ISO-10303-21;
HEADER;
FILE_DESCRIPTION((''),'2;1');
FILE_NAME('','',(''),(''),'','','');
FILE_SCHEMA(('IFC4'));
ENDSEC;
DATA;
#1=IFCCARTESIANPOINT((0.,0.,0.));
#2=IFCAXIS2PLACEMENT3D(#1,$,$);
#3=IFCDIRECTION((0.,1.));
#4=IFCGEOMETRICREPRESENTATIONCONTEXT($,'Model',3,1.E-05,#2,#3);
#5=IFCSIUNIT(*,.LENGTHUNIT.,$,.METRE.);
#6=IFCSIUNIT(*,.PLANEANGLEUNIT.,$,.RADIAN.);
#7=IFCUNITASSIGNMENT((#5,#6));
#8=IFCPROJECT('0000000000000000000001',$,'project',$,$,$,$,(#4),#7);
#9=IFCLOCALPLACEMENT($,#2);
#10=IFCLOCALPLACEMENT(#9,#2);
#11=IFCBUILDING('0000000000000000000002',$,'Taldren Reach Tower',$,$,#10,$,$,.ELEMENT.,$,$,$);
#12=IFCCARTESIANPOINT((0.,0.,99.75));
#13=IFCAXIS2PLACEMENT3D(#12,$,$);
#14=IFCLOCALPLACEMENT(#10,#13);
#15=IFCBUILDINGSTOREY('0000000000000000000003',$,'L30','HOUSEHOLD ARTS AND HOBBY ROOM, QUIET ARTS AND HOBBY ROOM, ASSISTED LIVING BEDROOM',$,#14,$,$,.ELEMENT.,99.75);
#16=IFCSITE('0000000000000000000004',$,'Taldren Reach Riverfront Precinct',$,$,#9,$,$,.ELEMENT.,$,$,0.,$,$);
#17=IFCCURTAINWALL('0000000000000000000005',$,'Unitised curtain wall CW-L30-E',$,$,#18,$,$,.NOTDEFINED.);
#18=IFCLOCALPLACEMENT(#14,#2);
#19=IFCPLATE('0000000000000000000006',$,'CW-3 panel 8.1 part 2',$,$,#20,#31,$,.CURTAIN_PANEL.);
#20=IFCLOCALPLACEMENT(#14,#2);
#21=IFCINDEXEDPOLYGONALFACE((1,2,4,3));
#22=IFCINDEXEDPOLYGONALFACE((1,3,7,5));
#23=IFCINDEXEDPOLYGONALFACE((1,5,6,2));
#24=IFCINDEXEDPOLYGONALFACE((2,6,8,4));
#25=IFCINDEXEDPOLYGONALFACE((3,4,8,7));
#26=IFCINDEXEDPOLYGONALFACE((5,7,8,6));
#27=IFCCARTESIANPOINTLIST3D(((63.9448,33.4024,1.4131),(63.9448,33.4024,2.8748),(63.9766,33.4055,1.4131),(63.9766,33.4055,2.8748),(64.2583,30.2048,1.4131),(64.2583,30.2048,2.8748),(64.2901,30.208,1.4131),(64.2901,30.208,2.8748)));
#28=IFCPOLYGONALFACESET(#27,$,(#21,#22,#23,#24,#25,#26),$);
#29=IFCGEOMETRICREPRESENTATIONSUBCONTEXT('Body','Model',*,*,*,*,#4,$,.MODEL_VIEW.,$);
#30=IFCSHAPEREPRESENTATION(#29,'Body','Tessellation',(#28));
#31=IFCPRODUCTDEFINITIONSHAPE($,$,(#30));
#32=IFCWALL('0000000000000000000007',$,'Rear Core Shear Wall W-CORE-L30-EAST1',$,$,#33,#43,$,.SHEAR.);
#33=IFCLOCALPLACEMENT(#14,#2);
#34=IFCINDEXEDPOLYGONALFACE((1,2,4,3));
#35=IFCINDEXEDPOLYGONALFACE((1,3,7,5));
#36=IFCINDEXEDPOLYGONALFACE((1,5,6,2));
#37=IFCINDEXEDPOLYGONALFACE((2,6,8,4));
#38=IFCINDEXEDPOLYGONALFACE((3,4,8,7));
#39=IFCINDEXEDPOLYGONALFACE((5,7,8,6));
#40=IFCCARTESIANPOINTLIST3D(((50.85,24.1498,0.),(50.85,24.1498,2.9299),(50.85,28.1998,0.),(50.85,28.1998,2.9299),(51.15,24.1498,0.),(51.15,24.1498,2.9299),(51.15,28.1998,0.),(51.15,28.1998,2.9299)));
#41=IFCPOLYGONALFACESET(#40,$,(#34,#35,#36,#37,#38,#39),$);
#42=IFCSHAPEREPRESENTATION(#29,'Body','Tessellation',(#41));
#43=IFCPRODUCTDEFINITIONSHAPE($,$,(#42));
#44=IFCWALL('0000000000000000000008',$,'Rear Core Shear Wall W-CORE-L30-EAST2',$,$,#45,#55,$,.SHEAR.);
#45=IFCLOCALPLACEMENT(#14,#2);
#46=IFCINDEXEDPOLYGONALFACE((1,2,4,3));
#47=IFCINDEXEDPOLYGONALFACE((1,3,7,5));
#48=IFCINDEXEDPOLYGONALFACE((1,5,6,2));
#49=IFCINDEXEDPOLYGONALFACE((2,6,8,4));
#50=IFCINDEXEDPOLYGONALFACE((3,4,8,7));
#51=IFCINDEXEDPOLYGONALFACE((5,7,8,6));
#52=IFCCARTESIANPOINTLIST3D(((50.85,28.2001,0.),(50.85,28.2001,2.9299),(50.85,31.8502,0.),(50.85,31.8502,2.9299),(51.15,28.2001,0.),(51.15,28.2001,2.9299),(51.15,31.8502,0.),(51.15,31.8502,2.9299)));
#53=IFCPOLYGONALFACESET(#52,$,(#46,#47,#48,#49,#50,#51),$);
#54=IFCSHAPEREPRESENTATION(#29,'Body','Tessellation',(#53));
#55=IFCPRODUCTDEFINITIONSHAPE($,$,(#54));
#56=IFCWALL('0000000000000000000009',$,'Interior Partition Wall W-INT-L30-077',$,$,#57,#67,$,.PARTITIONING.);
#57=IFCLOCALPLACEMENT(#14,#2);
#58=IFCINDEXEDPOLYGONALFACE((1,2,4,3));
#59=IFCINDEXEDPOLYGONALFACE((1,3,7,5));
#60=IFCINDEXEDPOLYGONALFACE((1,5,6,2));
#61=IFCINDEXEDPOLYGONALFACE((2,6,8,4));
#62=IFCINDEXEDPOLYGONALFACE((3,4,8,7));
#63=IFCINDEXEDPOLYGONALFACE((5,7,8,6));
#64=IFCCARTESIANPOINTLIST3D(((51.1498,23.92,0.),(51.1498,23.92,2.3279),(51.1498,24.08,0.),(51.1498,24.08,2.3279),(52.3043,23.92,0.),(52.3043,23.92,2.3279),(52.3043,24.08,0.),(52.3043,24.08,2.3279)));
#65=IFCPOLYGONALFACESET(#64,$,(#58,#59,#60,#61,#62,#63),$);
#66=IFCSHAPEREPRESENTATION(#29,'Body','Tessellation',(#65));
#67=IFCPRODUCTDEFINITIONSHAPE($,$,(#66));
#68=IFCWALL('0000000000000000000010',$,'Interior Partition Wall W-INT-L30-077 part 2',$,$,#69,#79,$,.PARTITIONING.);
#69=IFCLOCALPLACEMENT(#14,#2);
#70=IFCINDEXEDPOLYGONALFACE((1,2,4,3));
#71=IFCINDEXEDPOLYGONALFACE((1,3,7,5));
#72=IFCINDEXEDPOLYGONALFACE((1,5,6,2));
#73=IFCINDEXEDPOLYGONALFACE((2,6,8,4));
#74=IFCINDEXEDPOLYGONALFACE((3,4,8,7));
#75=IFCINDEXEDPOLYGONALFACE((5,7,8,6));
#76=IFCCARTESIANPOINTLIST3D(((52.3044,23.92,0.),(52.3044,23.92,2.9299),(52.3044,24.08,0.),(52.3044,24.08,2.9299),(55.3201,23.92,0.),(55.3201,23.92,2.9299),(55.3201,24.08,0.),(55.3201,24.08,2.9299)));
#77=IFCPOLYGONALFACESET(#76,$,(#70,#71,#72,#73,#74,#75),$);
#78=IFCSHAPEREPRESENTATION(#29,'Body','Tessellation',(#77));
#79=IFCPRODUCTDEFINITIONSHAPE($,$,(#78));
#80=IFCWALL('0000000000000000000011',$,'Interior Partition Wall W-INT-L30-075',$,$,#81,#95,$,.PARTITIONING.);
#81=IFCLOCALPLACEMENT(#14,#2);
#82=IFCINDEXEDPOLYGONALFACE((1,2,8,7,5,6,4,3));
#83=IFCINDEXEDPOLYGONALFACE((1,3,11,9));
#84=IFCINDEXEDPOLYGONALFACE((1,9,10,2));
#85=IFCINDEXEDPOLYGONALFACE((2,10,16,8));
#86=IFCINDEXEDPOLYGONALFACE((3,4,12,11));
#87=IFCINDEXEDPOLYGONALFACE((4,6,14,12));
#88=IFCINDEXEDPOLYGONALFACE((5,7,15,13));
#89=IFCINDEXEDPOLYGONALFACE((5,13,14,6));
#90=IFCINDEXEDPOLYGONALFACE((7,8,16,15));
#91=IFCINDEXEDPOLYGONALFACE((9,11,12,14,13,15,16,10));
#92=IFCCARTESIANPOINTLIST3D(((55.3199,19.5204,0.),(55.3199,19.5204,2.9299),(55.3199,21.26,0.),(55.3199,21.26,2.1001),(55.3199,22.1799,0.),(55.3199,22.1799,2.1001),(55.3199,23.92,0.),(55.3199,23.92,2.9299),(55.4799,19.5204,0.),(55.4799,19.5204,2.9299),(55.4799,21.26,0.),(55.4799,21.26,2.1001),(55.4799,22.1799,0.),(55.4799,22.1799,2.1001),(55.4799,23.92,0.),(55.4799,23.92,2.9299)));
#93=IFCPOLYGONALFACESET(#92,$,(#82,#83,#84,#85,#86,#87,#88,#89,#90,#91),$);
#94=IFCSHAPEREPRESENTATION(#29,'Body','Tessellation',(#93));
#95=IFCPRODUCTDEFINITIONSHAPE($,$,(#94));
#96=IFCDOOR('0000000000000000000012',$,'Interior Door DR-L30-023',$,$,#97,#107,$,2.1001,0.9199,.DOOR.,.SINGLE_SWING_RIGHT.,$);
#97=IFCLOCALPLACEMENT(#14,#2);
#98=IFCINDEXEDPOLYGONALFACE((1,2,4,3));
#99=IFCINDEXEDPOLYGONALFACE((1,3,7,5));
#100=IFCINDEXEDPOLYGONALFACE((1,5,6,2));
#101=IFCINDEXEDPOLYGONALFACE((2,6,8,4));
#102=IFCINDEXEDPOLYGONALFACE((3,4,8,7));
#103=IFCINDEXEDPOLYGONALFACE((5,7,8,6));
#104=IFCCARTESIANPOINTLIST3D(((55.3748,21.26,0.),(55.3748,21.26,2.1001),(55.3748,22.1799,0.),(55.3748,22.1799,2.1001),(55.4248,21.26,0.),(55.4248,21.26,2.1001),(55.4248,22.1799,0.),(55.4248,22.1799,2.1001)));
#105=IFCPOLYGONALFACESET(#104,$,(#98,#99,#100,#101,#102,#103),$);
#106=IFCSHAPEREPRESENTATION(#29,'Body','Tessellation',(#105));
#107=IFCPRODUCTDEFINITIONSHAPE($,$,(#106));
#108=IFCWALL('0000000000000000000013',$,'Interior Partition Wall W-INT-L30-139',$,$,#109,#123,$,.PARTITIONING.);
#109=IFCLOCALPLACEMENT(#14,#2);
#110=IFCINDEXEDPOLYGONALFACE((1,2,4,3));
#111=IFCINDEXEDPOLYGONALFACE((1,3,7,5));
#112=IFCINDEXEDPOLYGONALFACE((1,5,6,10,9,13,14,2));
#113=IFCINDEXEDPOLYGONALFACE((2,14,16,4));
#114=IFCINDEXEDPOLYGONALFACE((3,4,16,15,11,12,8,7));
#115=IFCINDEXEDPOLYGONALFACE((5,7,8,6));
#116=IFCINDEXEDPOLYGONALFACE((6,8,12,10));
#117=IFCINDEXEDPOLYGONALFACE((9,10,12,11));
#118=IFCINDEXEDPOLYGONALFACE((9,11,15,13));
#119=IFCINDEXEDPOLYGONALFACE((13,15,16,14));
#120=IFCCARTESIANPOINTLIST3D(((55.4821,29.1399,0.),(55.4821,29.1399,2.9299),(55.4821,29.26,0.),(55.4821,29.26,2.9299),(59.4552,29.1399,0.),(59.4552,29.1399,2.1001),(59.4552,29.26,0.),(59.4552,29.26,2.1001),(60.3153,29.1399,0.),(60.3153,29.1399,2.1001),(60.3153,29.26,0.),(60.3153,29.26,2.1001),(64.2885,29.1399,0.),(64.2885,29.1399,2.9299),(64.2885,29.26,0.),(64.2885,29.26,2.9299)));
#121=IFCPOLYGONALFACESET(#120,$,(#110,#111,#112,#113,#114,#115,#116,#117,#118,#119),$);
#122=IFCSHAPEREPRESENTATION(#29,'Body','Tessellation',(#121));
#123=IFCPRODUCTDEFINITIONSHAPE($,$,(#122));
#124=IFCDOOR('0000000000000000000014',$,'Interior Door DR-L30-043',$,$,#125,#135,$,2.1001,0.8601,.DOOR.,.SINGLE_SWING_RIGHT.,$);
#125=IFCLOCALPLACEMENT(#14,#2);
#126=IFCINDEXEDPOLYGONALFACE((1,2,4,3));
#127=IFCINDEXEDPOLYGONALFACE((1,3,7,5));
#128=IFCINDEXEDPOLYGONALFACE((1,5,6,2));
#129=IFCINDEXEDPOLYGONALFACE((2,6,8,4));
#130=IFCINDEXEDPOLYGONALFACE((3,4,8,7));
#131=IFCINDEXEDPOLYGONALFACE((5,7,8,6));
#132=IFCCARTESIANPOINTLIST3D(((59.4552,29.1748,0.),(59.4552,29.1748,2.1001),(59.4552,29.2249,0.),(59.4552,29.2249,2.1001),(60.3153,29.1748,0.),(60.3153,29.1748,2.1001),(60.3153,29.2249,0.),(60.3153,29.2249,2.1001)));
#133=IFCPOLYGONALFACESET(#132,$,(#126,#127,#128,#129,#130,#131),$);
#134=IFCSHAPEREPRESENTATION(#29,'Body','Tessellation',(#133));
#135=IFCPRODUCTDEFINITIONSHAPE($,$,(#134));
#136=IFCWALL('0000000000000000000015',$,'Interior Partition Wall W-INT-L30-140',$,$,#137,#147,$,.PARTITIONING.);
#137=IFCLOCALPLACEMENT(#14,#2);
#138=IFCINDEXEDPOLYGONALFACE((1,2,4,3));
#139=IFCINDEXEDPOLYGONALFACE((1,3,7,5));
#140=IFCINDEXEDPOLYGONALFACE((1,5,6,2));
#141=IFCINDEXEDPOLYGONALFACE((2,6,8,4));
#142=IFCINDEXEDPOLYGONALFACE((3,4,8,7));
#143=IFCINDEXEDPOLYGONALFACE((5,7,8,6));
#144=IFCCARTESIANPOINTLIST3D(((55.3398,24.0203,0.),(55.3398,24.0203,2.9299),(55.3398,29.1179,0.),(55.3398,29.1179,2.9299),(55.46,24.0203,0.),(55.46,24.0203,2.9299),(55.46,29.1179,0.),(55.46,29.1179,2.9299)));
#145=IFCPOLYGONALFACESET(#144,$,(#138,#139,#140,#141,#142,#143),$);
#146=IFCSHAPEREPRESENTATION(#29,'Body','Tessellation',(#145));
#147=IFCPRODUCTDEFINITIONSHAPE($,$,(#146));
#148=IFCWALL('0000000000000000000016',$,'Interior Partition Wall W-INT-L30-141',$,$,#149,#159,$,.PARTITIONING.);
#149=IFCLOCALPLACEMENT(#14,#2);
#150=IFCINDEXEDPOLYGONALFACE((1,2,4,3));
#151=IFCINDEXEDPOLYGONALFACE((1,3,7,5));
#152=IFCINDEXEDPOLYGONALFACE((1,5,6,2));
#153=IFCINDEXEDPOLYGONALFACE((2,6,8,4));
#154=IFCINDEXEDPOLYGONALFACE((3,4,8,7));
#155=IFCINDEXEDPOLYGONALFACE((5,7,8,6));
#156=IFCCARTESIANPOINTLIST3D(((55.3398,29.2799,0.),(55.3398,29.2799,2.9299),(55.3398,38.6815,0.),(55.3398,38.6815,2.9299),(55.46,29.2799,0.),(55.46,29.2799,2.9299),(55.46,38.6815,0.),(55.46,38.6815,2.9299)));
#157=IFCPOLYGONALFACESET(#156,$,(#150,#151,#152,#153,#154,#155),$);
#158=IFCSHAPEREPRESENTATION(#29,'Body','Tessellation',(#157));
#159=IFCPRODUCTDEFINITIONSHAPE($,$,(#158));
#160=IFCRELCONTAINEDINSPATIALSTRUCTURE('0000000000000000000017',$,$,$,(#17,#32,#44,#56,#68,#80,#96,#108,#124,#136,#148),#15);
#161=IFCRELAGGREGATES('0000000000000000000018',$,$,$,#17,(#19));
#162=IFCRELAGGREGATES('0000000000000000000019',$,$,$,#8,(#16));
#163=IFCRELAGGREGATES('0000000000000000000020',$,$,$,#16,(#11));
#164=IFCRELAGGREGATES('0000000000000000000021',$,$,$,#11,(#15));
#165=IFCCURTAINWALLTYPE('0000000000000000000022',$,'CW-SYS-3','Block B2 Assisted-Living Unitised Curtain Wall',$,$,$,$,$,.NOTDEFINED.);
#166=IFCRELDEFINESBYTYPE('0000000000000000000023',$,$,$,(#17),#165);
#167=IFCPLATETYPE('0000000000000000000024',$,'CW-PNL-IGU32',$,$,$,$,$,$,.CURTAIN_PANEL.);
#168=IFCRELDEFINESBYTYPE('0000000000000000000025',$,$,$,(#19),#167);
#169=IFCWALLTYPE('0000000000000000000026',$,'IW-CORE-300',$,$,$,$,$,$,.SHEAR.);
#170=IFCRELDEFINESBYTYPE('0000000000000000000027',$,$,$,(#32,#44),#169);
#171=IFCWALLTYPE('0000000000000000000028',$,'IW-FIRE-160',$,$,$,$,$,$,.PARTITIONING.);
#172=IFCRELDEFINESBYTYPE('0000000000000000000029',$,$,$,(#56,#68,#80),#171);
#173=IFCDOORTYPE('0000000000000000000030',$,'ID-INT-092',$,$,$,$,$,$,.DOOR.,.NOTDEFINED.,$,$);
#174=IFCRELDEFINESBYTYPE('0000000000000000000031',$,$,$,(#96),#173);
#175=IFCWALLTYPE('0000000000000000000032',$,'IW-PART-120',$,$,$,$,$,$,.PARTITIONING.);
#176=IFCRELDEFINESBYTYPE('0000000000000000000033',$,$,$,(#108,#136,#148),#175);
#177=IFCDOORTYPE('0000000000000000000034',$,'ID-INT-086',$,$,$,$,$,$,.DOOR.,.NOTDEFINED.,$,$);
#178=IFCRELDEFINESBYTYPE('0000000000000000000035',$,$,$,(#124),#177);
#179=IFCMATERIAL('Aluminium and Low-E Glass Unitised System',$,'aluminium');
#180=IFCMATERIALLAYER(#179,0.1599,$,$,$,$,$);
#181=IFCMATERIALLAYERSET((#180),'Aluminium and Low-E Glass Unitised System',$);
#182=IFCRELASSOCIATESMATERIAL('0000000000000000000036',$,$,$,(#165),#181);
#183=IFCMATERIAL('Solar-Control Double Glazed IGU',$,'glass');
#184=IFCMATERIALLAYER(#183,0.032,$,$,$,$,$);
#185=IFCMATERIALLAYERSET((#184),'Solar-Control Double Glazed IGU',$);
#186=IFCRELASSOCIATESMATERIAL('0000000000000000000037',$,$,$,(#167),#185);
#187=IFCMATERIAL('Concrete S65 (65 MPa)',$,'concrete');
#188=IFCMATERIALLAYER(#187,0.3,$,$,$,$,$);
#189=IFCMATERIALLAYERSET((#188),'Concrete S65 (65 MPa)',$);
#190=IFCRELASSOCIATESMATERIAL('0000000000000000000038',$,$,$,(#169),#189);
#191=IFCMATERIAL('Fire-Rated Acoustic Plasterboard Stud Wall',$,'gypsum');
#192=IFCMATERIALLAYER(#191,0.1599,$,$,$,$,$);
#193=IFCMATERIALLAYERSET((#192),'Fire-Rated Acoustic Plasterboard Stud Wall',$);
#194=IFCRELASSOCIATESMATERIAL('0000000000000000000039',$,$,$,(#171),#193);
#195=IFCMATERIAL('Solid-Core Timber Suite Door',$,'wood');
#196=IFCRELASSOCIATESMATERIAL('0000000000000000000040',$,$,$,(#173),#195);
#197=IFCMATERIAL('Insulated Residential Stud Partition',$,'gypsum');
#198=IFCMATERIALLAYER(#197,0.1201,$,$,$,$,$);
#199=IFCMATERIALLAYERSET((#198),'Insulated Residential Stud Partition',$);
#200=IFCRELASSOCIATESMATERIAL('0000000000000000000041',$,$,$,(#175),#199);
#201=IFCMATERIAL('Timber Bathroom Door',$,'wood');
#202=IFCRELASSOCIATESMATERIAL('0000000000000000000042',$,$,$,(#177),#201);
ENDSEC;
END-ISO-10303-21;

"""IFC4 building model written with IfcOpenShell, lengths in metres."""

from ifc_helpers import new_model, si_unit, direction, frame, frame_2d, origin, origin_2d, place, context, subcontext, project, spatial, rectangle, extrude, source, transform, mapped, material, layer, layer_set, type_object, element, fill, aggregate, save


model = new_model("IFC4")

# Units and contexts
model_context = context("Model", 3, precision=1e-05, world=origin(), true_north=direction((0.0, 1.0)))
body_context = subcontext(model_context, "Body", "Model", "MODEL_VIEW")
ifc_project = project(units=[si_unit("LENGTHUNIT", "METRE"), si_unit("PLANEANGLEUNIT", "RADIAN")], contexts=[model_context])

# Site, building, storey
site_placement = place(None, origin())
site = spatial("IfcSite", under=ifc_project, at=site_placement, Name="Taldren Reach Riverfront Precinct", CompositionType="ELEMENT", RefElevation=0.0)
building_placement = place(site_placement, origin())
building = spatial("IfcBuilding", under=site, at=building_placement, Name="Taldren Reach Tower", CompositionType="ELEMENT")
storey_placement = place(building_placement, frame((0.0, 0.0, 99.75)))
storey = spatial("IfcBuildingStorey", under=building, at=storey_placement, Name="L30", Description="HOUSEHOLD ARTS AND HOBBY ROOM, QUIET ARTS AND HOBBY ROOM, ASSISTED LIVING BEDROOM", CompositionType="ELEMENT", Elevation=99.75)

# Shared definitions
ifc_material_1 = material(Name="Concrete S65 (65 MPa)", Category="concrete")

# Curtain wall, plate
ifc_material_2 = material(Name="Aluminium and Low-E Glass Unitised System", Category="aluminium")
ifc_layer_1 = layer(ifc_material_2, 0.1599)
ifc_layer_set_1 = layer_set([ifc_layer_1], Name="Aluminium and Low-E Glass Unitised System")
curtain_wall_type = type_object("IfcCurtainWallType", Name="CW-SYS-3", Description="Block B2 Assisted-Living Unitised Curtain Wall", PredefinedType="NOTDEFINED", material=ifc_layer_set_1)
curtain_wall_placement = place(storey_placement, origin())
curtain_wall = element("IfcCurtainWall", 1, at=curtain_wall_placement, inside=storey, type_object=curtain_wall_type, Name="Unitised curtain wall CW-L30-E", PredefinedType="NOTDEFINED")
ifc_material_3 = material(Name="Solar-Control Double Glazed IGU", Category="glass")
ifc_layer_2 = layer(ifc_material_3, 0.032)
ifc_layer_set_2 = layer_set([ifc_layer_2], Name="Solar-Control Double Glazed IGU")
plate_type = type_object("IfcPlateType", Name="CW-PNL-IGU32", PredefinedType="CURTAIN_PANEL", material=ifc_layer_set_2)
shared_shape_1 = source(origin(), body_context, "Body", "SweptSolid", [
    extrude(rectangle(XDim=3.2129, YDim=0.032, at=origin_2d()), origin(), (0.0, 0.0, 1.0), 1.4617),
])
plate_1_placement = place(storey_placement, frame((64.1174, 31.8052, 1.4131), z_axis=(0.0, 0.0, 1.0), x_axis=(-0.097583, 0.995227, 0.0)))
plate_1 = element("IfcPlate", 2, at=plate_1_placement, type_object=plate_type, Name="CW-3 panel 8.1 part 2", PredefinedType="CURTAIN_PANEL", context=body_context, shape_type="MappedRepresentation", body=[
    mapped(shared_shape_1, transform((0.0, 0.0, 0.0), scale=1.0)),
])
aggregate(curtain_wall, [plate_1])

# Walls
ifc_layer_3 = layer(ifc_material_1, 0.3)
ifc_layer_set_3 = layer_set([ifc_layer_3], Name="Concrete S65 (65 MPa)")
wall_type_1 = type_object("IfcWallType", Name="IW-CORE-300", PredefinedType="SHEAR", material=ifc_layer_set_3)
shared_shape_2 = source(origin(), body_context, "Body", "SweptSolid", [
    extrude(rectangle(XDim=4.05, YDim=0.3, at=frame_2d((2.0249, 0.0))), origin(), (0.0, 0.0, 1.0), 2.9299),
])
wall_1_placement = place(storey_placement, frame((51.0, 24.1499, 0.0), z_axis=(0.0, 0.0, 1.0), x_axis=(0.0, 1.0, 0.0)))
element("IfcWall", 3, at=wall_1_placement, inside=storey, type_object=wall_type_1, Name="Rear Core Shear Wall W-CORE-L30-EAST1", PredefinedType="SHEAR", context=body_context, shape_type="MappedRepresentation", body=[
    mapped(shared_shape_2, transform((0.0, 0.0, 0.0), scale=1.0)),
])
shared_shape_3 = source(origin(), body_context, "Body", "SweptSolid", [
    extrude(rectangle(XDim=3.6501, YDim=0.3, at=frame_2d((1.8252, 0.0))), origin(), (0.0, 0.0, 1.0), 2.9299),
])
wall_2_placement = place(storey_placement, frame((51.0, 28.2, 0.0), z_axis=(0.0, 0.0, 1.0), x_axis=(0.0, 1.0, 0.0)))
element("IfcWall", 4, at=wall_2_placement, inside=storey, type_object=wall_type_1, Name="Rear Core Shear Wall W-CORE-L30-EAST2", PredefinedType="SHEAR", context=body_context, shape_type="MappedRepresentation", body=[
    mapped(shared_shape_3, transform((0.0, 0.0, 0.0), scale=1.0)),
])
ifc_material_4 = material(Name="Fire-Rated Acoustic Plasterboard Stud Wall", Category="gypsum")
ifc_layer_4 = layer(ifc_material_4, 0.1599)
ifc_layer_set_4 = layer_set([ifc_layer_4], Name="Fire-Rated Acoustic Plasterboard Stud Wall")
wall_type_2 = type_object("IfcWallType", Name="IW-FIRE-160", PredefinedType="PARTITIONING", material=ifc_layer_set_4)
shared_shape_4 = source(origin(), body_context, "Body", "SweptSolid", [
    extrude(rectangle(XDim=1.1545, YDim=0.1599, at=frame_2d((0.5771, 0.0))), origin(), (0.0, 0.0, 1.0), 2.3279),
])
wall_3_placement = place(storey_placement, frame((51.1499, 24.0, 0.0), z_axis=(0.0, 0.0, 1.0), x_axis=(1.0, 0.0, 0.0)))
element("IfcWall", 5, at=wall_3_placement, inside=storey, type_object=wall_type_2, Name="Interior Partition Wall W-INT-L30-077", PredefinedType="PARTITIONING", context=body_context, shape_type="MappedRepresentation", body=[
    mapped(shared_shape_4, transform((0.0, 0.0, 0.0), scale=1.0)),
])
shared_shape_5 = source(origin(), body_context, "Body", "SweptSolid", [
    extrude(rectangle(XDim=3.0156, YDim=0.1599, at=frame_2d((1.5078, 0.0))), origin(), (0.0, 0.0, 1.0), 2.9299),
])
wall_4_placement = place(storey_placement, frame((52.3044, 24.0, 0.0), z_axis=(0.0, 0.0, 1.0), x_axis=(1.0, 0.0, 0.0)))
element("IfcWall", 6, at=wall_4_placement, inside=storey, type_object=wall_type_2, Name="Interior Partition Wall W-INT-L30-077 part 2", PredefinedType="PARTITIONING", context=body_context, shape_type="MappedRepresentation", body=[
    mapped(shared_shape_5, transform((0.0, 0.0, 0.0), scale=1.0)),
])

# Walls, openings, doors
shared_shape_6 = source(origin(), body_context, "Body", "SweptSolid", [
    extrude(rectangle(XDim=4.3997, YDim=0.1599, at=frame_2d((2.1997, 0.0))), origin(), (0.0, 0.0, 1.0), 2.9299),
])
wall_5_placement = place(storey_placement, frame((55.3999, 23.9199, 0.0), z_axis=(0.0, 0.0, 1.0), x_axis=(0.0, -1.0, 0.0)))
wall_5 = element("IfcWall", 7, at=wall_5_placement, inside=storey, type_object=wall_type_2, Name="Interior Partition Wall W-INT-L30-075", PredefinedType="PARTITIONING", context=body_context, shape_type="MappedRepresentation", body=[
    mapped(shared_shape_6, transform((0.0, 0.0, 0.0), scale=1.0)),
])
shared_shape_7 = source(origin(), body_context, "Body", "SweptSolid", [
    extrude(rectangle(XDim=0.9199, YDim=2.1001, at=frame_2d((0.46, 1.05))), frame((0.0, 0.0898, 0.0), z_axis=(0.0, -1.0, 0.0), x_axis=(1.0, 0.0, 0.0)), (0.0, 0.0, 1.0), 0.1799),
])
opening_1_placement = place(wall_5_placement, frame((1.74, 0.0, 0.0)))
opening_1 = element("IfcOpeningElement", 8, at=opening_1_placement, cuts=wall_5, PredefinedType="OPENING", context=body_context, shape_type="MappedRepresentation", body=[
    mapped(shared_shape_7, transform((0.0, 0.0, 0.0), scale=1.0)),
])
ifc_material_5 = material(Name="Solid-Core Timber Suite Door", Category="wood")
door_type_1 = type_object("IfcDoorType", Name="ID-INT-092", OperationType="NOTDEFINED", PredefinedType="DOOR", material=ifc_material_5)
shared_shape_8 = source(origin(), body_context, "Body", "SweptSolid", [
    extrude(rectangle(XDim=0.9199, YDim=2.1001, at=frame_2d((0.46, 1.05))), frame((0.0, 0.0249, 0.0), z_axis=(0.0, -1.0, 0.0), x_axis=(1.0, 0.0, 0.0)), (0.0, 0.0, 1.0), 0.05),
])
door_1_placement = place(opening_1_placement, origin())
door_1 = element("IfcDoor", 9, at=door_1_placement, inside=storey, type_object=door_type_1, Name="Interior Door DR-L30-023", OperationType="SINGLE_SWING_RIGHT", OverallHeight=2.1001, OverallWidth=0.9199, PredefinedType="DOOR", context=body_context, shape_type="MappedRepresentation", body=[
    mapped(shared_shape_8, transform((0.0, 0.0, 0.0), scale=1.0)),
])
fill(opening_1, door_1)
ifc_material_6 = material(Name="Insulated Residential Stud Partition", Category="gypsum")
ifc_layer_5 = layer(ifc_material_6, 0.1201)
ifc_layer_set_5 = layer_set([ifc_layer_5], Name="Insulated Residential Stud Partition")
wall_type_3 = type_object("IfcWallType", Name="IW-PART-120", PredefinedType="PARTITIONING", material=ifc_layer_set_5)
shared_shape_9 = source(origin(), body_context, "Body", "SweptSolid", [
    extrude(rectangle(XDim=8.8064, YDim=0.1201, at=frame_2d((4.4033, 0.0))), origin(), (0.0, 0.0, 1.0), 2.9299),
])
wall_6_placement = place(storey_placement, frame((55.4819, 29.2, 0.0), z_axis=(0.0, 0.0, 1.0), x_axis=(1.0, 0.0, 0.0)))
wall_6 = element("IfcWall", 10, at=wall_6_placement, inside=storey, type_object=wall_type_3, Name="Interior Partition Wall W-INT-L30-139", PredefinedType="PARTITIONING", context=body_context, shape_type="MappedRepresentation", body=[
    mapped(shared_shape_9, transform((0.0, 0.0, 0.0), scale=1.0)),
])
shared_shape_10 = source(origin(), body_context, "Body", "SweptSolid", [
    extrude(rectangle(XDim=0.8601, YDim=2.1001, at=frame_2d((0.4302, 1.05))), frame((0.0, 0.0701, 0.0), z_axis=(0.0, -1.0, 0.0), x_axis=(1.0, 0.0, 0.0)), (0.0, 0.0, 1.0), 0.1401),
])
opening_2_placement = place(wall_6_placement, frame((3.9731, 0.0, 0.0)))
opening_2 = element("IfcOpeningElement", 11, at=opening_2_placement, cuts=wall_6, PredefinedType="OPENING", context=body_context, shape_type="MappedRepresentation", body=[
    mapped(shared_shape_10, transform((0.0, 0.0, 0.0), scale=1.0)),
])
ifc_material_7 = material(Name="Timber Bathroom Door", Category="wood")
door_type_2 = type_object("IfcDoorType", Name="ID-INT-086", OperationType="NOTDEFINED", PredefinedType="DOOR", material=ifc_material_7)
shared_shape_11 = source(origin(), body_context, "Body", "SweptSolid", [
    extrude(rectangle(XDim=0.8601, YDim=2.1001, at=frame_2d((0.4302, 1.05))), frame((0.0, 0.0249, 0.0), z_axis=(0.0, -1.0, 0.0), x_axis=(1.0, 0.0, 0.0)), (0.0, 0.0, 1.0), 0.05),
])
door_2_placement = place(opening_2_placement, origin())
door_2 = element("IfcDoor", 12, at=door_2_placement, inside=storey, type_object=door_type_2, Name="Interior Door DR-L30-043", OperationType="SINGLE_SWING_RIGHT", OverallHeight=2.1001, OverallWidth=0.8601, PredefinedType="DOOR", context=body_context, shape_type="MappedRepresentation", body=[
    mapped(shared_shape_11, transform((0.0, 0.0, 0.0), scale=1.0)),
])
fill(opening_2, door_2)

# Walls
shared_shape_12 = source(origin(), body_context, "Body", "SweptSolid", [
    extrude(rectangle(XDim=5.0977, YDim=0.1201, at=frame_2d((2.5488, 0.0))), origin(), (0.0, 0.0, 1.0), 2.9299),
])
wall_7_placement = place(storey_placement, frame((55.3999, 24.0203, 0.0), z_axis=(0.0, 0.0, 1.0), x_axis=(0.0, 1.0, 0.0)))
element("IfcWall", 13, at=wall_7_placement, inside=storey, type_object=wall_type_3, Name="Interior Partition Wall W-INT-L30-140", PredefinedType="PARTITIONING", context=body_context, shape_type="MappedRepresentation", body=[
    mapped(shared_shape_12, transform((0.0, 0.0, 0.0), scale=1.0)),
])
shared_shape_13 = source(origin(), body_context, "Body", "SweptSolid", [
    extrude(rectangle(XDim=9.4016, YDim=0.1201, at=frame_2d((4.7007, 0.0))), origin(), (0.0, 0.0, 1.0), 2.9299),
])
wall_8_placement = place(storey_placement, frame((55.3999, 29.28, 0.0), z_axis=(0.0, 0.0, 1.0), x_axis=(0.0, 1.0, 0.0)))
element("IfcWall", 14, at=wall_8_placement, inside=storey, type_object=wall_type_3, Name="Interior Partition Wall W-INT-L30-141", PredefinedType="PARTITIONING", context=body_context, shape_type="MappedRepresentation", body=[
    mapped(shared_shape_13, transform((0.0, 0.0, 0.0), scale=1.0)),
])

save(model, "model.ifc")
